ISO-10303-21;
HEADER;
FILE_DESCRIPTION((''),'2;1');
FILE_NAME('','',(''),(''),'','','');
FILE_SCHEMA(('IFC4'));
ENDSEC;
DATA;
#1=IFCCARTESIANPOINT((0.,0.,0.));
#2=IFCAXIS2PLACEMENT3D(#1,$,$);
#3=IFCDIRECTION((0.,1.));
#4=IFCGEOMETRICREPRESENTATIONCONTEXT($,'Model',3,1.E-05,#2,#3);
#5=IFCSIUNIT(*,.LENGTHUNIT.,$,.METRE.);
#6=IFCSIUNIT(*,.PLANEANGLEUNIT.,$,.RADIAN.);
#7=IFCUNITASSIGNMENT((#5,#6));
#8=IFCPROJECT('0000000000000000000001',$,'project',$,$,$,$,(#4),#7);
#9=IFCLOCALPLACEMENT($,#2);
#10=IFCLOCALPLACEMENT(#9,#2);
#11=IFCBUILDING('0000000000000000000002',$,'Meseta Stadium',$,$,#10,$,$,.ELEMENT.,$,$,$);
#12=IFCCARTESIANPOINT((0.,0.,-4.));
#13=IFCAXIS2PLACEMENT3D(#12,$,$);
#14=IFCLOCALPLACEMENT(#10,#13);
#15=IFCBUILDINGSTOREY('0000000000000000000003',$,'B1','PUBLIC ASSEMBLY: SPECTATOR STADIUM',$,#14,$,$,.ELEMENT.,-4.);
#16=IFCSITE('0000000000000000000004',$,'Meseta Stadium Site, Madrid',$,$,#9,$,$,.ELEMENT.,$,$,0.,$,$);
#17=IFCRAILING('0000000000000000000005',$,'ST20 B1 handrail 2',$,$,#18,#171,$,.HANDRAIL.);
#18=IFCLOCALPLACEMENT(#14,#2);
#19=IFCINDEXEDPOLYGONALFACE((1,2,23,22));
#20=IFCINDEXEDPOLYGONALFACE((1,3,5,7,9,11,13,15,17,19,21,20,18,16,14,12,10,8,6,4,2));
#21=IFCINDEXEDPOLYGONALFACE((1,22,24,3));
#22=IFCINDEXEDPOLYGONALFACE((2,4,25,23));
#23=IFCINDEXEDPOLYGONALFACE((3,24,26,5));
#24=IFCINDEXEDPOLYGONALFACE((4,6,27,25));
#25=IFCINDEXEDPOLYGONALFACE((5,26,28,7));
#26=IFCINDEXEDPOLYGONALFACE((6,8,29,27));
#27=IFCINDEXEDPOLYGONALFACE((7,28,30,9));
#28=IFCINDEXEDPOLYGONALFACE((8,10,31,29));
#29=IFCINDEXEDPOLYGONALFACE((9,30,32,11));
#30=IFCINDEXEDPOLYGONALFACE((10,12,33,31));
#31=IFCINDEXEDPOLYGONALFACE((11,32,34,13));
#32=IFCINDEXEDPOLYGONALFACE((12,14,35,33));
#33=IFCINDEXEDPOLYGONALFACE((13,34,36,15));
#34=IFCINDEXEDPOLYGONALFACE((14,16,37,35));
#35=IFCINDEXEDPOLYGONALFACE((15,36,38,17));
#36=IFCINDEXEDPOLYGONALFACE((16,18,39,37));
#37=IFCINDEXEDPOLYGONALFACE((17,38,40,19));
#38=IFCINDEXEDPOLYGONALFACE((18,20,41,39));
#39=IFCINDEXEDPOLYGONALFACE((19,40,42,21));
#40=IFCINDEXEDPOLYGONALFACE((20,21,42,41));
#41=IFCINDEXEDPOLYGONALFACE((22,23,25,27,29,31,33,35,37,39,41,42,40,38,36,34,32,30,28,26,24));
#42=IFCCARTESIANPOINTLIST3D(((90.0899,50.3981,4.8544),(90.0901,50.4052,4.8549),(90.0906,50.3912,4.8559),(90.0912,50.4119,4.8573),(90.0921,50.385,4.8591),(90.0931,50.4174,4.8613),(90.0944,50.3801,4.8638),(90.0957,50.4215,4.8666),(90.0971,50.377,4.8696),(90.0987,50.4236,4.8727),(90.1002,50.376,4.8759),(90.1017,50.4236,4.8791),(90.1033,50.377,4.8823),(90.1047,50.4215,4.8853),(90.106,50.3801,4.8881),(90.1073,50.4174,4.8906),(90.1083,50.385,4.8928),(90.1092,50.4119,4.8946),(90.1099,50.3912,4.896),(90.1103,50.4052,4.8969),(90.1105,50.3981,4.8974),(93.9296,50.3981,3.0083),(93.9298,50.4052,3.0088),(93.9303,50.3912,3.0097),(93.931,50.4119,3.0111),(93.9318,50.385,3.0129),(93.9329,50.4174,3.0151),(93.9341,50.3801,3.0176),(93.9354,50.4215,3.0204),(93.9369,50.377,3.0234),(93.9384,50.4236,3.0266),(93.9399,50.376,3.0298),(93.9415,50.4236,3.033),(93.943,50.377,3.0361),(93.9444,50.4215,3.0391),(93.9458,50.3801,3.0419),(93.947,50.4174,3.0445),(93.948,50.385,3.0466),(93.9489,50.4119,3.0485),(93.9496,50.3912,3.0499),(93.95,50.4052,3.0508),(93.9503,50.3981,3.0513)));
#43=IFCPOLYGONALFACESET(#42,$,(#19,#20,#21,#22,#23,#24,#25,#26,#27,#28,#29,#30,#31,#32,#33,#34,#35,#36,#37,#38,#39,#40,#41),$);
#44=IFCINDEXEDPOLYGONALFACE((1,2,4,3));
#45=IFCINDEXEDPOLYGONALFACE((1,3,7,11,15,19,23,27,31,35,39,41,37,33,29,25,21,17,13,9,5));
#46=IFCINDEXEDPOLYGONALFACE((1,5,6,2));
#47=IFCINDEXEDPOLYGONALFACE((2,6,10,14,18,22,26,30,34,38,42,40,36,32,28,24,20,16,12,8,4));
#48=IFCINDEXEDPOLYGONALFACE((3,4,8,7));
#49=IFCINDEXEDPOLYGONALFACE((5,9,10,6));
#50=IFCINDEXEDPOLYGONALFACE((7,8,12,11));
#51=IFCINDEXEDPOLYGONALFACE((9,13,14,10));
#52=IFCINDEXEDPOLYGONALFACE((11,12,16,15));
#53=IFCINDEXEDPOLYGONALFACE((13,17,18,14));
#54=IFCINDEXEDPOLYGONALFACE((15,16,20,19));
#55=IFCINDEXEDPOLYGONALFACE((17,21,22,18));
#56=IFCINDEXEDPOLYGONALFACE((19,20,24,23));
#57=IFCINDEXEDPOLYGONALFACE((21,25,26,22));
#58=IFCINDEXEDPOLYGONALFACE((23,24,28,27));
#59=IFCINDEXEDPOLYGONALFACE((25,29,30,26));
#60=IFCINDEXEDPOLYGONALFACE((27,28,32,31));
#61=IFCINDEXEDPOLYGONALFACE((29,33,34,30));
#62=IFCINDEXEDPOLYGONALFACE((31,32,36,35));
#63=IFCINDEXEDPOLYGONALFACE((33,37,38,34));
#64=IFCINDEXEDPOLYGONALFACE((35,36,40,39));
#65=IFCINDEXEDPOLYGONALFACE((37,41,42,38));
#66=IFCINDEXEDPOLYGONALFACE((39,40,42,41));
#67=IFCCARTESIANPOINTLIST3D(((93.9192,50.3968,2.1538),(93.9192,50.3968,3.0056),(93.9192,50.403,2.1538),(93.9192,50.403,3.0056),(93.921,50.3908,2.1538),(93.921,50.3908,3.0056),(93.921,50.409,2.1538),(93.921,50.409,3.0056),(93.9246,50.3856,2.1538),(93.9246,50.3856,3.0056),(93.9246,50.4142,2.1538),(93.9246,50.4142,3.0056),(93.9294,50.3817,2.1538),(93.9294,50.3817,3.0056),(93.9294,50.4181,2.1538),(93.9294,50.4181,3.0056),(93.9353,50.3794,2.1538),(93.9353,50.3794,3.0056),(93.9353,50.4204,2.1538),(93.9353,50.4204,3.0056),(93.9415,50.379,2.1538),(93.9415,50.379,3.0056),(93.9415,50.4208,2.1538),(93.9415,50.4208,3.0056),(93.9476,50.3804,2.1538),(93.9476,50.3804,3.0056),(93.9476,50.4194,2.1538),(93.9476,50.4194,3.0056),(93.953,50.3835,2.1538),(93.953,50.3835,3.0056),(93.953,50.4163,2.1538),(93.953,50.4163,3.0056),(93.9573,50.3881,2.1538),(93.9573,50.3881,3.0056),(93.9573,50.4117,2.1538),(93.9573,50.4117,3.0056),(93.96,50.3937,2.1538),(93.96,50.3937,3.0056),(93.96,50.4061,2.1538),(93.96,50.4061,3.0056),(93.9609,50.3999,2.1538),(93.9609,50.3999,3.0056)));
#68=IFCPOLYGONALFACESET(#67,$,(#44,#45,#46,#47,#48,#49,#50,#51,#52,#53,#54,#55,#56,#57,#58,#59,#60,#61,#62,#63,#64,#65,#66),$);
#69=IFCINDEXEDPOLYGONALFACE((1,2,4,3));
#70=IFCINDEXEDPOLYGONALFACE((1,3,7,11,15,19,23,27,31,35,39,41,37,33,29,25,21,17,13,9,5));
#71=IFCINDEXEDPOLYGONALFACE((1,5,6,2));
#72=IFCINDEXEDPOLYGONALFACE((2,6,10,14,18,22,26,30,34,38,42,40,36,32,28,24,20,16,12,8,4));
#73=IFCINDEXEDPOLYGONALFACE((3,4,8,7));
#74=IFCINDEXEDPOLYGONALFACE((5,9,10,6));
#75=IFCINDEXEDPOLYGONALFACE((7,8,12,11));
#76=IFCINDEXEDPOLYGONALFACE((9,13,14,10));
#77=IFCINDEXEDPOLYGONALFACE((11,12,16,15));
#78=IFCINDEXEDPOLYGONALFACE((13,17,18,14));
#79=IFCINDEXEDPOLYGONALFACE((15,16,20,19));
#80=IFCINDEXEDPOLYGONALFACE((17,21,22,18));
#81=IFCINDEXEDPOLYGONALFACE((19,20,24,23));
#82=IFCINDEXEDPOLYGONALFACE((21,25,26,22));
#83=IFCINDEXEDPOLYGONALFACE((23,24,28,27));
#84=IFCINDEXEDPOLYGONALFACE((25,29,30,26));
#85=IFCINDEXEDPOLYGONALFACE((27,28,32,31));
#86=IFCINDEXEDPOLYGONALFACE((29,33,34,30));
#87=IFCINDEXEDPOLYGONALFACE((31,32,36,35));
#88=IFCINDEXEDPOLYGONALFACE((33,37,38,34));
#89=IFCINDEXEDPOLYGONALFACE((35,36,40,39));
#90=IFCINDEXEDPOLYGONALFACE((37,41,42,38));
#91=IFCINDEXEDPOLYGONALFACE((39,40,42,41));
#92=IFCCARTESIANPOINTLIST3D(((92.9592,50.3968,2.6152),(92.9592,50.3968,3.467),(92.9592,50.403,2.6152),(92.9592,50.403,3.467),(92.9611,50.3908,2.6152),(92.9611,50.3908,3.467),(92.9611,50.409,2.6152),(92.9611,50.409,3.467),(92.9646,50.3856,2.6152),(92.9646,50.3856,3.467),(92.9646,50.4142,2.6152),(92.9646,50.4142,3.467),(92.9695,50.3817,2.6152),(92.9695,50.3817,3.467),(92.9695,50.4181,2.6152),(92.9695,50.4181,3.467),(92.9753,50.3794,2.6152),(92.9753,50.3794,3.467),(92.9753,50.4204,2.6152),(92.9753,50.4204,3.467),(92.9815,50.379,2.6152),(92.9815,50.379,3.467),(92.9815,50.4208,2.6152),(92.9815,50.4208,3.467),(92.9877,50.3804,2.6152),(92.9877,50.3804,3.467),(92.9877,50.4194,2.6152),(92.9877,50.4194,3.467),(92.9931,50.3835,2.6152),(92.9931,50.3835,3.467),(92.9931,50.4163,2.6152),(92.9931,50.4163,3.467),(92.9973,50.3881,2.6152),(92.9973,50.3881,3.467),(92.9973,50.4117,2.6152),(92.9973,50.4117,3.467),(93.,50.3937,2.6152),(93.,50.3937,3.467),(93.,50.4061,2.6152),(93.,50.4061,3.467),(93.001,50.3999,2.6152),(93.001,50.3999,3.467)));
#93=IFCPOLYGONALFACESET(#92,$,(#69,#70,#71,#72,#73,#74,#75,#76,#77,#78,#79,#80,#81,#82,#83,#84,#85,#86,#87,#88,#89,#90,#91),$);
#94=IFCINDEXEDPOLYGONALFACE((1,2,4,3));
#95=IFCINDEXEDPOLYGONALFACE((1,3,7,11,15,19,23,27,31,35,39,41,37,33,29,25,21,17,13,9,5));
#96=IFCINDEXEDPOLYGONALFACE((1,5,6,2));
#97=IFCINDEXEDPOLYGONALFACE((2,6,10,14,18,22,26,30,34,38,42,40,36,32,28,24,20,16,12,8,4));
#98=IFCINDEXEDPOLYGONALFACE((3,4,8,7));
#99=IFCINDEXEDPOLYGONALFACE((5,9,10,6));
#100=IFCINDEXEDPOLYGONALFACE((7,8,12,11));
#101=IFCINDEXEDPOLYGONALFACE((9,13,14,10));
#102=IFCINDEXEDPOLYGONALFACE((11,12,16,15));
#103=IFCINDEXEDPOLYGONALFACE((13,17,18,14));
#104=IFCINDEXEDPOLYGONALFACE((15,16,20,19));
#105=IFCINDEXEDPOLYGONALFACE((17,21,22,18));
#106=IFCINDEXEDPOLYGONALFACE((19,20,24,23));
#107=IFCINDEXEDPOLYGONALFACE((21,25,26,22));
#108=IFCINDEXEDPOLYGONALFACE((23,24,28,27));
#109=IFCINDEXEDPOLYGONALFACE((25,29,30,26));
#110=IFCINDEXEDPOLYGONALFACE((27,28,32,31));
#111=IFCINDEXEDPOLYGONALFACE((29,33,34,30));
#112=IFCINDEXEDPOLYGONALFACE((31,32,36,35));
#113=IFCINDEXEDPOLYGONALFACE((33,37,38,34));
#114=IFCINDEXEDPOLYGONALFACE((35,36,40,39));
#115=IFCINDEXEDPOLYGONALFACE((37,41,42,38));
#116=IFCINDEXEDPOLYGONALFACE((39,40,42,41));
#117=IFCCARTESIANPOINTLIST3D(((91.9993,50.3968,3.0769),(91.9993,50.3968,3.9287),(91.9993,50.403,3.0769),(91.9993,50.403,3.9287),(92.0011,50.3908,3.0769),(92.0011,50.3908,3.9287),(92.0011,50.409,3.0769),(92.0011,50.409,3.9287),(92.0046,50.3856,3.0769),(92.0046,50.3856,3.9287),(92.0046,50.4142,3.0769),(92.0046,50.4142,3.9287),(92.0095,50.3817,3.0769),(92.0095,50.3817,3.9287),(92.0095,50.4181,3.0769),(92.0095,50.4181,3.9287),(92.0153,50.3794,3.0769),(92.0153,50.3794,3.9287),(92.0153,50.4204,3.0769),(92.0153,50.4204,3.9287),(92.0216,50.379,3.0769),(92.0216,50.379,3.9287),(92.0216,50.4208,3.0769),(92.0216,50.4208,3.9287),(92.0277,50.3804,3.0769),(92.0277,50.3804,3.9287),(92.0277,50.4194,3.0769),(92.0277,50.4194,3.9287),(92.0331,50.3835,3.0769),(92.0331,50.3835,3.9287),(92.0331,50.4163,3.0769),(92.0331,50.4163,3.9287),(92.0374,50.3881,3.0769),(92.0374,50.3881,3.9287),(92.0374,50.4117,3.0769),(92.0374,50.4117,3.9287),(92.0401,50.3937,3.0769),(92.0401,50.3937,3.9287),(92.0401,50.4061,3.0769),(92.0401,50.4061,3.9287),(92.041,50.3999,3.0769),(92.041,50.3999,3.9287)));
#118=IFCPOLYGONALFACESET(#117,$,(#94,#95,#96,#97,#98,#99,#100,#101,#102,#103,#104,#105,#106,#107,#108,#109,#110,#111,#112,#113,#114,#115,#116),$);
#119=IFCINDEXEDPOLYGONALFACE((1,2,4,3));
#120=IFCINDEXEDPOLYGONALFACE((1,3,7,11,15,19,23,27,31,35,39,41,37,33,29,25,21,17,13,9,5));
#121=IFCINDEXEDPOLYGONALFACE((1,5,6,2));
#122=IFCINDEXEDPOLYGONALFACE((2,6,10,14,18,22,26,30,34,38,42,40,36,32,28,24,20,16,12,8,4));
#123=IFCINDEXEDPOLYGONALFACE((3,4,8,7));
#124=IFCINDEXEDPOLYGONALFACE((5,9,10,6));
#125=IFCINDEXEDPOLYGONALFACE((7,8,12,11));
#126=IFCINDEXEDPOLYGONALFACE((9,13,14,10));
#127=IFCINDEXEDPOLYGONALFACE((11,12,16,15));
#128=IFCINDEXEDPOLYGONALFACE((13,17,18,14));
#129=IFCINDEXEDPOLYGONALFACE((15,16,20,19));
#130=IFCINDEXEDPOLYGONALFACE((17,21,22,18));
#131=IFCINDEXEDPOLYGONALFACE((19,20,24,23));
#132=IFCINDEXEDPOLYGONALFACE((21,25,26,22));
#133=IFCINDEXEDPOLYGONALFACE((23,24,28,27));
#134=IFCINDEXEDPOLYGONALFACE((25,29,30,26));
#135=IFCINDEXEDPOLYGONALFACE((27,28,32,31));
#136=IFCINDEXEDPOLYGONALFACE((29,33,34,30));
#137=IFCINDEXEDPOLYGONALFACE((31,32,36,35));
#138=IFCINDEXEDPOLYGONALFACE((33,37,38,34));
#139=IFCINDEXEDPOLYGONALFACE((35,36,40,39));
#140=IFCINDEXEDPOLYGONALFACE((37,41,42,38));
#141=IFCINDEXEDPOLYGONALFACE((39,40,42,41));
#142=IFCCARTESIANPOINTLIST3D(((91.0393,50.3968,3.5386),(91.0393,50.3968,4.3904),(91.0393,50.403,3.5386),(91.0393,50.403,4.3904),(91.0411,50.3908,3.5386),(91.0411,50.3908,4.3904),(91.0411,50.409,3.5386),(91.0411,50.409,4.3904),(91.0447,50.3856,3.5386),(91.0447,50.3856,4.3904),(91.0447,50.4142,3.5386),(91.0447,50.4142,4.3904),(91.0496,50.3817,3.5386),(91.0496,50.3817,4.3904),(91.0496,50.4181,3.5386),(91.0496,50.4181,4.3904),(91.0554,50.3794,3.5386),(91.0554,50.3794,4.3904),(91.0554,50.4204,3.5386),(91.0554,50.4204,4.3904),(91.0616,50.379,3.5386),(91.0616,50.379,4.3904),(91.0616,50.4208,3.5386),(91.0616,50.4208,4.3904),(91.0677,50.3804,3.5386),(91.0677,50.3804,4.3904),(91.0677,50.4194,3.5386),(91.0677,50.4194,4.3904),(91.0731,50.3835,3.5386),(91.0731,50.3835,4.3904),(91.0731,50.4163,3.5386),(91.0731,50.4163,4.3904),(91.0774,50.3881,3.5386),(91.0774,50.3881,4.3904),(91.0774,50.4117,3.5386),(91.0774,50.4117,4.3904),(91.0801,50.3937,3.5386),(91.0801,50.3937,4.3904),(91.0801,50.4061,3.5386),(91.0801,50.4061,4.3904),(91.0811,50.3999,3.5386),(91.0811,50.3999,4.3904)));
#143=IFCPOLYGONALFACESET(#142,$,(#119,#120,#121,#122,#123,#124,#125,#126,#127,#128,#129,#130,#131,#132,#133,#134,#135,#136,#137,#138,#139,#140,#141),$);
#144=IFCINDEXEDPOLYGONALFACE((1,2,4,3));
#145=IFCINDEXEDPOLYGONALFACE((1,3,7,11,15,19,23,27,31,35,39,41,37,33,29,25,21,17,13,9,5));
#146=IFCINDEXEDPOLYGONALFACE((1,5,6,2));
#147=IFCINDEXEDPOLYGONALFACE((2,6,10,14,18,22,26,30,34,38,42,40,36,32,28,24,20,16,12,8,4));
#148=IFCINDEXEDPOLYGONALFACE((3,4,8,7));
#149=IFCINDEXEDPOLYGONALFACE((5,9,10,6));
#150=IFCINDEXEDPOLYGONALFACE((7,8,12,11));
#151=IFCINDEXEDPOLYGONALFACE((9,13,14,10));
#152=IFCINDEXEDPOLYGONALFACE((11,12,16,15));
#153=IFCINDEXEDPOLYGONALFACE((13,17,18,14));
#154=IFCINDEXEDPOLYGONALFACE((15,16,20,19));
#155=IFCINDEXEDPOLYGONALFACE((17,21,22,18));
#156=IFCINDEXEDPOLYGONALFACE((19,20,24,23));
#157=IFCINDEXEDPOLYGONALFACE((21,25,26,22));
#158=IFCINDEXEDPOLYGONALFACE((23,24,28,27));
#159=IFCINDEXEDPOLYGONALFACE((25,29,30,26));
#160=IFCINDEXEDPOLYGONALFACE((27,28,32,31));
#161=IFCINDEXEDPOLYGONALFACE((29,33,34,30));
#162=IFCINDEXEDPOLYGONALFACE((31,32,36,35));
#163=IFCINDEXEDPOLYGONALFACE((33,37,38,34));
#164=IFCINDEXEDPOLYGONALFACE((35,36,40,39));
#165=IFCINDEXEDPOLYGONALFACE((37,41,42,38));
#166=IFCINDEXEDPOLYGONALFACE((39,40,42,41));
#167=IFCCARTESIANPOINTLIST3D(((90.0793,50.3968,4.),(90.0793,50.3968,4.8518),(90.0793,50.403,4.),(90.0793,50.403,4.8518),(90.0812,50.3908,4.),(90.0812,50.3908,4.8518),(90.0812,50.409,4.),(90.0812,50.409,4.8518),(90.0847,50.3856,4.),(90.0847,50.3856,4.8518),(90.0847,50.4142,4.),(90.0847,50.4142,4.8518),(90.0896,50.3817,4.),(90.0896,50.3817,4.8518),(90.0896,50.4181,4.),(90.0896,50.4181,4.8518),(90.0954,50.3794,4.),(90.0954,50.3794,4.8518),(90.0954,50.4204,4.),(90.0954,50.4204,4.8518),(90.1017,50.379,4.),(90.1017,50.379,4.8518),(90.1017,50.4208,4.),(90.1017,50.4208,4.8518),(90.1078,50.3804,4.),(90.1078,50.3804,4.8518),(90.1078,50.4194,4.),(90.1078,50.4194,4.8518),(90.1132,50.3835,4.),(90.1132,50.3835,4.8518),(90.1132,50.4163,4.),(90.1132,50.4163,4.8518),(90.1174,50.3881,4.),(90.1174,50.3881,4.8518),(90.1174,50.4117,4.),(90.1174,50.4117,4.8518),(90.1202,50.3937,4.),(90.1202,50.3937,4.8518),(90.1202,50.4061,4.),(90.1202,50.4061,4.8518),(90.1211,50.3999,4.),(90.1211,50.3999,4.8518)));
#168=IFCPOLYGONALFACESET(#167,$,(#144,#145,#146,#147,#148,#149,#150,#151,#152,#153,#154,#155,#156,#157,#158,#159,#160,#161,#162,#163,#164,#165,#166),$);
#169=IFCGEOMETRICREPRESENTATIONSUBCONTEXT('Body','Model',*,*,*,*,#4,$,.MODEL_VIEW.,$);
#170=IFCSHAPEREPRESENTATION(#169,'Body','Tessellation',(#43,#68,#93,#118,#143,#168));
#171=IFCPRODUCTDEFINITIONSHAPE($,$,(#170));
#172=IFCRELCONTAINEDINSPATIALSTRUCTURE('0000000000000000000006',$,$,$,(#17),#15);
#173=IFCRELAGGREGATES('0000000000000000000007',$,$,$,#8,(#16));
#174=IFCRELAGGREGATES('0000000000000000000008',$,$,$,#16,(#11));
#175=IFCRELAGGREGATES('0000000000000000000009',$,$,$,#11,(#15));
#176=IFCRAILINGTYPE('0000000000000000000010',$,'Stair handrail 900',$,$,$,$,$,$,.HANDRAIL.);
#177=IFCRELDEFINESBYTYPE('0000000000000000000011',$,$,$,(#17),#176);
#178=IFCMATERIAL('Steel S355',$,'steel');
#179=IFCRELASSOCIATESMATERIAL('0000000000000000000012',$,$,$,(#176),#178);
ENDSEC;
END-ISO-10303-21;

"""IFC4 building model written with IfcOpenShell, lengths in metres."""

from ifc_helpers import new_model, si_unit, direction, frame, origin, origin_2d, place, context, subcontext, project, spatial, circle, extrude, material, type_object, element, save


model = new_model("IFC4")

# Units and contexts
model_context = context("Model", 3, precision=1e-05, world=origin(), true_north=direction((0.0, 1.0)))
body_context = subcontext(model_context, "Body", "Model", "MODEL_VIEW")
ifc_project = project(units=[si_unit("LENGTHUNIT", "METRE"), si_unit("PLANEANGLEUNIT", "RADIAN")], contexts=[model_context])

# Site, building, storey
site_placement = place(None, origin())
site = spatial("IfcSite", under=ifc_project, at=site_placement, Name="Meseta Stadium Site, Madrid", CompositionType="ELEMENT", RefElevation=0.0)
building_placement = place(site_placement, origin())
building = spatial("IfcBuilding", under=site, at=building_placement, Name="Meseta Stadium", CompositionType="ELEMENT")
storey_placement = place(building_placement, frame((0.0, 0.0, -4.0)))
storey = spatial("IfcBuildingStorey", under=building, at=storey_placement, Name="B1", Description="PUBLIC ASSEMBLY: SPECTATOR STADIUM", CompositionType="ELEMENT", Elevation=-4.0)

# Railing
ifc_material_1 = material(Name="Steel S355", Category="steel")
railing_type_1 = type_object("IfcRailingType", Name="Stair handrail 900", PredefinedType="HANDRAIL", material=ifc_material_1)
railing_1_placement = place(storey_placement, frame((93.9399, 50.3999, 2.1538)))
element("IfcRailing", 1, at=railing_1_placement, inside=storey, type_object=railing_type_1, Name="ST20 B1 handrail 2", PredefinedType="HANDRAIL", context=body_context, shape_type="SweptSolid", body=[
    extrude(circle(Radius=0.0239, at=origin_2d()), frame((0.0, 0.0, 0.876), z_axis=(-0.901242, 0.0, 0.433316), x_axis=(0.0, -1.0, 0.0)), (0.0, 0.0, 1.0), 4.2605),
    extrude(circle(Radius=0.021, at=origin_2d()), origin(), (0.0, 0.0, 1.0), 0.8518),
    extrude(circle(Radius=0.021, at=origin_2d()), frame((-0.96, 0.0, 0.4614)), (0.0, 0.0, 1.0), 0.8518),
    extrude(circle(Radius=0.021, at=origin_2d()), frame((-1.9199, 0.0, 0.9231)), (0.0, 0.0, 1.0), 0.8518),
    extrude(circle(Radius=0.021, at=origin_2d()), frame((-2.8799, 0.0, 1.3848)), (0.0, 0.0, 1.0), 0.8518),
    extrude(circle(Radius=0.021, at=origin_2d()), frame((-3.8398, 0.0, 1.8462)), (0.0, 0.0, 1.0), 0.8518),
])

save(model, "model.ifc")
